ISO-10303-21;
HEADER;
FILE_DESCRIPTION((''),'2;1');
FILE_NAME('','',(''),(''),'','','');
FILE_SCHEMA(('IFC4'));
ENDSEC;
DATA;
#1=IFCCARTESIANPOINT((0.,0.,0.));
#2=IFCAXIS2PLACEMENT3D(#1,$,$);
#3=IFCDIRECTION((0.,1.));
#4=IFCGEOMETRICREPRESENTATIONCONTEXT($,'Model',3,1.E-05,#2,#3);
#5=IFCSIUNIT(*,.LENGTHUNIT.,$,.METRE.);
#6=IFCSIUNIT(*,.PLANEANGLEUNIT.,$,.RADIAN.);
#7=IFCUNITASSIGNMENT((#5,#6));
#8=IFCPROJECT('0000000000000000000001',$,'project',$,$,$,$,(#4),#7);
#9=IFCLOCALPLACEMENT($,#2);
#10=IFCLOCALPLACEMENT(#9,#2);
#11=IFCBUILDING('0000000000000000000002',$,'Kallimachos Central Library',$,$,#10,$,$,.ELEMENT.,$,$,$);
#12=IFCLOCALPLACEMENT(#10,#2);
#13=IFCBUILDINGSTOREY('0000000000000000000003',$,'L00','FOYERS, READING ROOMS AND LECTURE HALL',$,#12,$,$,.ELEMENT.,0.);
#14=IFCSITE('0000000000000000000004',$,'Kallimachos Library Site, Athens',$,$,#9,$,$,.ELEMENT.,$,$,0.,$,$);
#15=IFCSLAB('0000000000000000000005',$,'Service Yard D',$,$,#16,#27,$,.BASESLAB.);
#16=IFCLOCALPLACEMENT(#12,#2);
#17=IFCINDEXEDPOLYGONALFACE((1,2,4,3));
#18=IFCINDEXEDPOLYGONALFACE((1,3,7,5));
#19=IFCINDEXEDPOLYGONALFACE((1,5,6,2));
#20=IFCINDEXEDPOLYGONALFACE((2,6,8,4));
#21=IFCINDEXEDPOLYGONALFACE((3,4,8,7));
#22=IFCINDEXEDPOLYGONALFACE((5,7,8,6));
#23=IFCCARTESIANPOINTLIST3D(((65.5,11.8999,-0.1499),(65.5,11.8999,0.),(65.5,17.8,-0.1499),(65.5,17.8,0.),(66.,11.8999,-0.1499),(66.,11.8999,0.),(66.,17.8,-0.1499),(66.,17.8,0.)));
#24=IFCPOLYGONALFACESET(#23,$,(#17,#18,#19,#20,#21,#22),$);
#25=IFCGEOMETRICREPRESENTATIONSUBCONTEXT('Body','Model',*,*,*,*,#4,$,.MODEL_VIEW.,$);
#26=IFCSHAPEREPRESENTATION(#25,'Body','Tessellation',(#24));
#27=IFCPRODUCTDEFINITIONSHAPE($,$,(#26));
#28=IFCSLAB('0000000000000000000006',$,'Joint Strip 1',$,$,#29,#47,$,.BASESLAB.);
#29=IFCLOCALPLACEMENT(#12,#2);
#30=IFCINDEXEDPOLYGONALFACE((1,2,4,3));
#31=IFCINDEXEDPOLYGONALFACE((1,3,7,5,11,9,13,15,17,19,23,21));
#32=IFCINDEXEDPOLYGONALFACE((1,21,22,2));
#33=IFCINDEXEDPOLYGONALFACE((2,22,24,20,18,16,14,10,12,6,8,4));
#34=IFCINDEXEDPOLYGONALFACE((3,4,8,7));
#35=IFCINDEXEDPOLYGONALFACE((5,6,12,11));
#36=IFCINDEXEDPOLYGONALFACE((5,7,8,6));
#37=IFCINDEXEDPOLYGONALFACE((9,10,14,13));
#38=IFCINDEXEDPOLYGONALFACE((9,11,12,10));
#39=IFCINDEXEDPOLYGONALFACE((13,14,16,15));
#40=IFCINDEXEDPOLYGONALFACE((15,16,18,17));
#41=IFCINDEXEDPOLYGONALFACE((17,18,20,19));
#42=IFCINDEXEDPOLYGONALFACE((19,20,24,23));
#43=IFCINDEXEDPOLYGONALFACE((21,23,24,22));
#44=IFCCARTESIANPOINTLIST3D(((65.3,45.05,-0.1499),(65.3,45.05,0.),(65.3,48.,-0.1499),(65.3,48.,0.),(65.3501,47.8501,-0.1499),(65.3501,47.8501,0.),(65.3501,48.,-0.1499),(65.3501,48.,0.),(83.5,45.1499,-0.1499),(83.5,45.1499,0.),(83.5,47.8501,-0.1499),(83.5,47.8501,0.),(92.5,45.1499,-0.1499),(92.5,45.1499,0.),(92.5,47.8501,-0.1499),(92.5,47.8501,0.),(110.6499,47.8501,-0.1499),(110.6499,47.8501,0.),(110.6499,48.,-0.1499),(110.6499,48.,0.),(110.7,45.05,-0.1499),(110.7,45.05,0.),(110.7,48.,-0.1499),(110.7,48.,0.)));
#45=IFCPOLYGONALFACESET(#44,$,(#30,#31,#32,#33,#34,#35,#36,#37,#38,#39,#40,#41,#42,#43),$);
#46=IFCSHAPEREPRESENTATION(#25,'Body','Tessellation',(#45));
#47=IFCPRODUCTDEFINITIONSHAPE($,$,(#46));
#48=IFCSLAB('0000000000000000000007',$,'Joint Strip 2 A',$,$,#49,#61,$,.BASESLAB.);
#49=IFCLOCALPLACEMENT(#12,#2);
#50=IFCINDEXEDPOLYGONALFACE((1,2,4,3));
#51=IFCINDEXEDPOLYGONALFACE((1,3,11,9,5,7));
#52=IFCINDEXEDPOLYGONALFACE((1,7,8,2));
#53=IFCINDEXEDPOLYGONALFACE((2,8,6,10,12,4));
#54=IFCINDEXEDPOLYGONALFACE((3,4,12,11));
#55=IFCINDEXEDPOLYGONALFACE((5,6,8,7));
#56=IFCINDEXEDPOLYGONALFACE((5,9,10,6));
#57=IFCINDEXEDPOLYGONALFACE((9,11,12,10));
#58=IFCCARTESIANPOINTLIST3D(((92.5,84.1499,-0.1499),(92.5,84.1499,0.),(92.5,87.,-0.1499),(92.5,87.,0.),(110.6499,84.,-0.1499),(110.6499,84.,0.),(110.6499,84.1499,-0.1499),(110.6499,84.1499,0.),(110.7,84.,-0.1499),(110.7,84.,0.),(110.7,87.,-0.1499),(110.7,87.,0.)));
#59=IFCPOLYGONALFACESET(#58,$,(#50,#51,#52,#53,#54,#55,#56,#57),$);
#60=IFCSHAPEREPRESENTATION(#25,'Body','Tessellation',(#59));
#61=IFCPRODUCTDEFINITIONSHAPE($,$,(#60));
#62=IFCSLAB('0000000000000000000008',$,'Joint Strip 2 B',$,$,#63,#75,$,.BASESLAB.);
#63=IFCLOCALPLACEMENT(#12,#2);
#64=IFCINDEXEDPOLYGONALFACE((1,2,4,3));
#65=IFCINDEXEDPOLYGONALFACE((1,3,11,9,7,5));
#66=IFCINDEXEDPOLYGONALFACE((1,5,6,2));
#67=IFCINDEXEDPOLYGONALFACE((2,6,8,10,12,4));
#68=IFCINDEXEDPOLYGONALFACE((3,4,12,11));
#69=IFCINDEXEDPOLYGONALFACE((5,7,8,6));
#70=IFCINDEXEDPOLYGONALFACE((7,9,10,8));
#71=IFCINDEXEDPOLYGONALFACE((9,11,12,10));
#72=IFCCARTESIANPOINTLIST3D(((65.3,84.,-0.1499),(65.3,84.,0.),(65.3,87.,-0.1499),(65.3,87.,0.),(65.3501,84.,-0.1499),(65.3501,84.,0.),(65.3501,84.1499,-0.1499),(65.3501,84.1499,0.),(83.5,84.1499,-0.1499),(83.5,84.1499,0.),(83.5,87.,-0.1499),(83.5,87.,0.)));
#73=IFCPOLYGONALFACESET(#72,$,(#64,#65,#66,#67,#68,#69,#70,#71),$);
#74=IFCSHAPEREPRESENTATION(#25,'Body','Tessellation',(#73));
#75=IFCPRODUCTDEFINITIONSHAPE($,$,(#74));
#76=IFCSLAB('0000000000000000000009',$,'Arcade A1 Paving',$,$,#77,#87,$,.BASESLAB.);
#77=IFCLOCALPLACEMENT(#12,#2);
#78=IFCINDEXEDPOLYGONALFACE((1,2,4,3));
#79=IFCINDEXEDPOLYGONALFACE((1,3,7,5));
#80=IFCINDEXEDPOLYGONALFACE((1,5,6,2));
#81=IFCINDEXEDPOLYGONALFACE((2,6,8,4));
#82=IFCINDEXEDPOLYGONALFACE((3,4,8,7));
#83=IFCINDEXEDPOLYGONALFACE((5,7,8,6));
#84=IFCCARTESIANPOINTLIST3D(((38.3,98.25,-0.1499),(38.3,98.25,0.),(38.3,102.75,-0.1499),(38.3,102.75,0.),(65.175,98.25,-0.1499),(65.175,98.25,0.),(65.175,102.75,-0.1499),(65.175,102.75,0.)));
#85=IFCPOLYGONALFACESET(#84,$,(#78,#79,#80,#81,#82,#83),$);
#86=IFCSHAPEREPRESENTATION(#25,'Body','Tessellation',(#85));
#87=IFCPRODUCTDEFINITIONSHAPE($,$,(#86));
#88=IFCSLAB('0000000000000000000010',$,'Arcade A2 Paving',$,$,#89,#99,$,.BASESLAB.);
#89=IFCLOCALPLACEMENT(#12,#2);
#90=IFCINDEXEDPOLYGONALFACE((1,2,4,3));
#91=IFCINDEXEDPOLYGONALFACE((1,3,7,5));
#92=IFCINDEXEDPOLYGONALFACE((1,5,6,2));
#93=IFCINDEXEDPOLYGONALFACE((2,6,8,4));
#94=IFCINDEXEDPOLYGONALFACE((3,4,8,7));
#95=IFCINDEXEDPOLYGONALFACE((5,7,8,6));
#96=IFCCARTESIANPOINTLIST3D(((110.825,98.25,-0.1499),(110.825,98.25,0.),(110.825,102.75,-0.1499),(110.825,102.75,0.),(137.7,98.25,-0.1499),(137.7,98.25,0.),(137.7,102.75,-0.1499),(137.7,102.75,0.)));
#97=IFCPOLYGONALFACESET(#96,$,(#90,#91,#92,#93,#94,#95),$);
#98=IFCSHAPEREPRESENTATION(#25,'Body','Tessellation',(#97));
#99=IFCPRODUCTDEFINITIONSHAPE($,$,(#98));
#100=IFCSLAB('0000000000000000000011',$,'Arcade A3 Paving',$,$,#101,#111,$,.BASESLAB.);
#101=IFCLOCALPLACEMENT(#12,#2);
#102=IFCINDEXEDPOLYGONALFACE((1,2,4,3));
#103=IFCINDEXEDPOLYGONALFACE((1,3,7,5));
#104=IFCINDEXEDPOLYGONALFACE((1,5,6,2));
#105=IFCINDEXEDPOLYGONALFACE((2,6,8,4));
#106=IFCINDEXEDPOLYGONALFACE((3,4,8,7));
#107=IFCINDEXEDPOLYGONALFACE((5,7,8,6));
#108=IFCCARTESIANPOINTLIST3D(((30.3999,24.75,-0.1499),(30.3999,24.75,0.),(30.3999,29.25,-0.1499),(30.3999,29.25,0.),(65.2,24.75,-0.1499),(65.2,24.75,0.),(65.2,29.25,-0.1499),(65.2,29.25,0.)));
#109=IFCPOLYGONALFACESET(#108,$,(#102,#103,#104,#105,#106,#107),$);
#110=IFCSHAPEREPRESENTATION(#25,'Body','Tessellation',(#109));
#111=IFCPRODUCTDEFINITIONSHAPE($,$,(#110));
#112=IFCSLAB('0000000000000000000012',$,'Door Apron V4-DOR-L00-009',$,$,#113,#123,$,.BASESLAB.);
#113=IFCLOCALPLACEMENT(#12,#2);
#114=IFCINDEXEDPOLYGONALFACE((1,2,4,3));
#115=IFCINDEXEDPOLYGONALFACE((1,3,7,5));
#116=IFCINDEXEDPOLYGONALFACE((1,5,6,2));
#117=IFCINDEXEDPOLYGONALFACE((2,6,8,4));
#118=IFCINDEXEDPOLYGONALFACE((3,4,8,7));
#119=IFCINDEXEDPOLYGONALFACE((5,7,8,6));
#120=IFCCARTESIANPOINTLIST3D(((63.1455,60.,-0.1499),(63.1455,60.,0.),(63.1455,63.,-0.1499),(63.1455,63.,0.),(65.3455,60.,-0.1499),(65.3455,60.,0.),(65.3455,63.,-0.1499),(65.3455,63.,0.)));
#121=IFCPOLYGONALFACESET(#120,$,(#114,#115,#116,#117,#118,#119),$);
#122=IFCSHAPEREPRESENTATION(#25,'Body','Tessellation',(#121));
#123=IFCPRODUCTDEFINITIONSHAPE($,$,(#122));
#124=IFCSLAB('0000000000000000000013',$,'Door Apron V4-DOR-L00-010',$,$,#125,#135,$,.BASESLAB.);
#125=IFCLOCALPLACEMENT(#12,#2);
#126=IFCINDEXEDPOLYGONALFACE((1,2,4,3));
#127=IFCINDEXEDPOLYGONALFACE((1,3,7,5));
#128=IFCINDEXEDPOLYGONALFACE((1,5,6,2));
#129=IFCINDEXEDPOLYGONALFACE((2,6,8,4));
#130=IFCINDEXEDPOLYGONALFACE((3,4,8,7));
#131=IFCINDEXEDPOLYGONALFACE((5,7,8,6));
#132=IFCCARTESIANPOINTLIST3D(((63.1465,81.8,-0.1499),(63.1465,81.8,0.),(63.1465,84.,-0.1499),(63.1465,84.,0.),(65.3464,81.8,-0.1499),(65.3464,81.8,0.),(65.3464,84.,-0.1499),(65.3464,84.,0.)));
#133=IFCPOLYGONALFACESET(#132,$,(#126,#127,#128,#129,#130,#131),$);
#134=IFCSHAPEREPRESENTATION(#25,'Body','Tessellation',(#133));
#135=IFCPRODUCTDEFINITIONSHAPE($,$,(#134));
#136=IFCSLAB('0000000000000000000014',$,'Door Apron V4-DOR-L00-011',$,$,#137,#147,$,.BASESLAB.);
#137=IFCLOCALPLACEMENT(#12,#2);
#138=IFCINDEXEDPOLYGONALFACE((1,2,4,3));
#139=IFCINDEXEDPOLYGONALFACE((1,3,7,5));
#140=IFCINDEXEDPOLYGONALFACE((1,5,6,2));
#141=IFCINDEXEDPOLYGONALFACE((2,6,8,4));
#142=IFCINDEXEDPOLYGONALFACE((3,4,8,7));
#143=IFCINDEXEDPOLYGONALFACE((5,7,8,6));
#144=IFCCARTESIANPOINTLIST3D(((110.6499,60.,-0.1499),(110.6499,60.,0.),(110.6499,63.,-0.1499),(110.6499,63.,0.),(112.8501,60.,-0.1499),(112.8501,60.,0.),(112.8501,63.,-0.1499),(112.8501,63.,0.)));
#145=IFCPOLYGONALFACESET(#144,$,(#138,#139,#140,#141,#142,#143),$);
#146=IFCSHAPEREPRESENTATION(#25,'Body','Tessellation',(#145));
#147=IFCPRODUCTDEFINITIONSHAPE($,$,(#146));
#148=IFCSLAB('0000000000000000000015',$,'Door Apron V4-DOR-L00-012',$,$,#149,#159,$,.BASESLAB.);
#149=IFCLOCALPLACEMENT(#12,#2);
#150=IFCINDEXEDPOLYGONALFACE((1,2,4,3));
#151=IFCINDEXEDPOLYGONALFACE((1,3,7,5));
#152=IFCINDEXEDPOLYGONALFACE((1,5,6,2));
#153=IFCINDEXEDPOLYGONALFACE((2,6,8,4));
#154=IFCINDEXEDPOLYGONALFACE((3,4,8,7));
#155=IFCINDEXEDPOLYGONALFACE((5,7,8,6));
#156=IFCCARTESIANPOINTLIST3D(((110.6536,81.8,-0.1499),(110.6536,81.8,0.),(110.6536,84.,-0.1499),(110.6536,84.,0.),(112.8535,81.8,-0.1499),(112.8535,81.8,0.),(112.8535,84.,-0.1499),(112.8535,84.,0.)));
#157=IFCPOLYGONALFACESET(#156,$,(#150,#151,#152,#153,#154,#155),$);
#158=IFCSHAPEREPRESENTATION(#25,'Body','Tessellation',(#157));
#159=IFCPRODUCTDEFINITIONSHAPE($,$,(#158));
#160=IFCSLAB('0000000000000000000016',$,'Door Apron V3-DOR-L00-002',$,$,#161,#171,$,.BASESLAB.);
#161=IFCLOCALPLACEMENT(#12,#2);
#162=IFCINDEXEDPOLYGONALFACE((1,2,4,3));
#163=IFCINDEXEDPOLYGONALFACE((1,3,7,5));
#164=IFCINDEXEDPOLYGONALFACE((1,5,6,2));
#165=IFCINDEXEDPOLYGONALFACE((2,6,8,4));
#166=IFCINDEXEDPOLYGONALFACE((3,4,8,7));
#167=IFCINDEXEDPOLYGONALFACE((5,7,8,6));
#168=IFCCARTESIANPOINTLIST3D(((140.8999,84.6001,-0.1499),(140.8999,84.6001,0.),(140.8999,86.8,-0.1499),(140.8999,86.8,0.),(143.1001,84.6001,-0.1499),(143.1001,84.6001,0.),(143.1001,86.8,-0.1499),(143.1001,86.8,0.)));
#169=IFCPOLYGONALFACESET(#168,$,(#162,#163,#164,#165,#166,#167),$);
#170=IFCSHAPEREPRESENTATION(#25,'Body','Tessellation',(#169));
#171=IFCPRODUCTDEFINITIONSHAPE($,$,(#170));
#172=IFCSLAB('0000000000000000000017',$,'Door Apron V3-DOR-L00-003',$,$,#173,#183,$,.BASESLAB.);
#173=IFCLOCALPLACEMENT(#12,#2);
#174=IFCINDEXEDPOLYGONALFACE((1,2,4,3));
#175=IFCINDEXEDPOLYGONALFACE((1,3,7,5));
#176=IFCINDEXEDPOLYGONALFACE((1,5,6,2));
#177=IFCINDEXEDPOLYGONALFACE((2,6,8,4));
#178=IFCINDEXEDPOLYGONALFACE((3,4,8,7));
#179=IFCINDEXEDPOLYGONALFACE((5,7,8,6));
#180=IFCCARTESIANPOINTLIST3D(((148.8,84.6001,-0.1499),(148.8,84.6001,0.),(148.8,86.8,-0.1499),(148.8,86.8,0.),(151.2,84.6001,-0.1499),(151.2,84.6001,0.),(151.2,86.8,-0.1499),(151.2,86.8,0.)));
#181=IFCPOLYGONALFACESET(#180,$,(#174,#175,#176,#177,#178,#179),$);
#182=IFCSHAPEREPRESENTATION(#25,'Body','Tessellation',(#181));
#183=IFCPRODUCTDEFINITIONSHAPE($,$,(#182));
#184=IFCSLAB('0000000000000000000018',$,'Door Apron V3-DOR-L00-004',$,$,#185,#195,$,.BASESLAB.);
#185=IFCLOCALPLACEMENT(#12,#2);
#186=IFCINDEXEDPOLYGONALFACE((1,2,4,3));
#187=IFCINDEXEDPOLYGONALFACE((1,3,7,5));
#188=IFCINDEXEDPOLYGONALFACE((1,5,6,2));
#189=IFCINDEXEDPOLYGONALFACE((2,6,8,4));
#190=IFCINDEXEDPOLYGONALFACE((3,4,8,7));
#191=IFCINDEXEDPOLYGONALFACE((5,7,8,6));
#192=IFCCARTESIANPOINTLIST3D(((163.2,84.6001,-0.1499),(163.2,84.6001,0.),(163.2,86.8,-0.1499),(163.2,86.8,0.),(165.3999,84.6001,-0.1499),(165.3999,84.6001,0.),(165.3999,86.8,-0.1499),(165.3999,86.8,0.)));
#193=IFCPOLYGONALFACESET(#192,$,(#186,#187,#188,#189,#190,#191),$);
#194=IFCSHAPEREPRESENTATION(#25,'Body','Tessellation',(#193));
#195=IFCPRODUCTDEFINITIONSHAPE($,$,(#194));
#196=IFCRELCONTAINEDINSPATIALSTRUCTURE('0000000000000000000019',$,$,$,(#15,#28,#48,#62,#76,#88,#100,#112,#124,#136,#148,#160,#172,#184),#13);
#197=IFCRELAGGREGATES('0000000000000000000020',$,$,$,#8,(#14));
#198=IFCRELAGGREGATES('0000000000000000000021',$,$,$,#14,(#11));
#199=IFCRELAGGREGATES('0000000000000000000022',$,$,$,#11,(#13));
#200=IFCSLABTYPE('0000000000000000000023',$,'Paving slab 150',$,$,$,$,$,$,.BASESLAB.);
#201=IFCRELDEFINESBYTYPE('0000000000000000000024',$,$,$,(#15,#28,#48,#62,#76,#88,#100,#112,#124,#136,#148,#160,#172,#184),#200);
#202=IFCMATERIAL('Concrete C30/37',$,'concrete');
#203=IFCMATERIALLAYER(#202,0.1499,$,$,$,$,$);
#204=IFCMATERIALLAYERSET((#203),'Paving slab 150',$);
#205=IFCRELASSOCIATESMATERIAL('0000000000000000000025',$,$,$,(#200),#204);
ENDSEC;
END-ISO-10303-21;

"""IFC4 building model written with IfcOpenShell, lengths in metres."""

from ifc_helpers import new_model, si_unit, direction, frame, origin, place, context, subcontext, project, spatial, polyline, outline, extrude, material, layer, layer_set, type_object, element, save


model = new_model("IFC4")

# Units and contexts
model_context = context("Model", 3, precision=1e-05, world=origin(), true_north=direction((0.0, 1.0)))
body_context = subcontext(model_context, "Body", "Model", "MODEL_VIEW")
ifc_project = project(units=[si_unit("LENGTHUNIT", "METRE"), si_unit("PLANEANGLEUNIT", "RADIAN")], contexts=[model_context])

# Site, building, storey
site_placement = place(None, origin())
site = spatial("IfcSite", under=ifc_project, at=site_placement, Name="Kallimachos Library Site, Athens", CompositionType="ELEMENT", RefElevation=0.0)
building_placement = place(site_placement, origin())
building = spatial("IfcBuilding", under=site, at=building_placement, Name="Kallimachos Central Library", CompositionType="ELEMENT")
storey_placement = place(building_placement, origin())
storey = spatial("IfcBuildingStorey", under=building, at=storey_placement, Name="L00", Description="FOYERS, READING ROOMS AND LECTURE HALL", CompositionType="ELEMENT", Elevation=0.0)

# Slabs
ifc_material = material(Name="Concrete C30/37", Category="concrete")
ifc_layer = layer(ifc_material, 0.1499)
ifc_layer_set = layer_set([ifc_layer], Name="Paving slab 150")
slab_type = type_object("IfcSlabType", Name="Paving slab 150", PredefinedType="BASESLAB", material=ifc_layer_set)
slab_1_placement = place(storey_placement, frame((0.0, 0.0, -0.1499)))
element("IfcSlab", 1, at=slab_1_placement, inside=storey, type_object=slab_type, Name="Service Yard D", PredefinedType="BASESLAB", context=body_context, shape_type="SweptSolid", body=[
    extrude(outline(polyline([(65.5, 17.8), (66.0, 17.8), (66.0, 11.8999), (65.5, 11.8999), (65.5, 17.8)])), origin(), (0.0, 0.0, 1.0), 0.1499),
])
slab_2_placement = place(storey_placement, frame((0.0, 0.0, -0.1499)))
element("IfcSlab", 2, at=slab_2_placement, inside=storey, type_object=slab_type, Name="Joint Strip 1", PredefinedType="BASESLAB", context=body_context, shape_type="SweptSolid", body=[
    extrude(outline(polyline([(110.7, 48.0), (110.7, 45.05), (65.3, 45.05), (65.3, 48.0), (65.3501, 48.0), (65.3501, 47.8501), (83.5, 47.8501), (83.5, 45.1499), (92.5, 45.1499), (92.5, 47.8501), (110.6499, 47.8501), (110.6499, 48.0), (110.7, 48.0)])), origin(), (0.0, 0.0, 1.0), 0.1499),
])
slab_3_placement = place(storey_placement, frame((0.0, 0.0, -0.1499)))
element("IfcSlab", 3, at=slab_3_placement, inside=storey, type_object=slab_type, Name="Joint Strip 2 A", PredefinedType="BASESLAB", context=body_context, shape_type="SweptSolid", body=[
    extrude(outline(polyline([(110.7, 87.0), (110.7, 84.0), (110.6499, 84.0), (110.6499, 84.1499), (92.5, 84.1499), (92.5, 87.0), (110.7, 87.0)])), origin(), (0.0, 0.0, 1.0), 0.1499),
])
slab_4_placement = place(storey_placement, frame((0.0, 0.0, -0.1499)))
element("IfcSlab", 4, at=slab_4_placement, inside=storey, type_object=slab_type, Name="Joint Strip 2 B", PredefinedType="BASESLAB", context=body_context, shape_type="SweptSolid", body=[
    extrude(outline(polyline([(83.5, 87.0), (83.5, 84.1499), (65.3501, 84.1499), (65.3501, 84.0), (65.3, 84.0), (65.3, 87.0), (83.5, 87.0)])), origin(), (0.0, 0.0, 1.0), 0.1499),
])
slab_5_placement = place(storey_placement, frame((0.0, 0.0, -0.1499)))
element("IfcSlab", 5, at=slab_5_placement, inside=storey, type_object=slab_type, Name="Arcade A1 Paving", PredefinedType="BASESLAB", context=body_context, shape_type="SweptSolid", body=[
    extrude(outline(polyline([(38.3, 98.25), (38.3, 102.75), (65.175, 102.75), (65.175, 98.25), (38.3, 98.25)])), origin(), (0.0, 0.0, 1.0), 0.1499),
])
slab_6_placement = place(storey_placement, frame((0.0, 0.0, -0.1499)))
element("IfcSlab", 6, at=slab_6_placement, inside=storey, type_object=slab_type, Name="Arcade A2 Paving", PredefinedType="BASESLAB", context=body_context, shape_type="SweptSolid", body=[
    extrude(outline(polyline([(110.825, 98.25), (110.825, 102.75), (137.7, 102.75), (137.7, 98.25), (110.825, 98.25)])), origin(), (0.0, 0.0, 1.0), 0.1499),
])
slab_7_placement = place(storey_placement, frame((0.0, 0.0, -0.1499)))
element("IfcSlab", 7, at=slab_7_placement, inside=storey, type_object=slab_type, Name="Arcade A3 Paving", PredefinedType="BASESLAB", context=body_context, shape_type="SweptSolid", body=[
    extrude(outline(polyline([(30.3999, 24.75), (30.3999, 29.25), (65.2, 29.25), (65.2, 24.75), (30.3999, 24.75)])), origin(), (0.0, 0.0, 1.0), 0.1499),
])
slab_8_placement = place(storey_placement, frame((0.0, 0.0, -0.1499)))
element("IfcSlab", 8, at=slab_8_placement, inside=storey, type_object=slab_type, Name="Door Apron V4-DOR-L00-009", PredefinedType="BASESLAB", context=body_context, shape_type="SweptSolid", body=[
    extrude(outline(polyline([(63.1455, 63.0), (65.3455, 63.0), (65.3455, 60.0), (63.1455, 60.0), (63.1455, 63.0)])), origin(), (0.0, 0.0, 1.0), 0.1499),
])
slab_9_placement = place(storey_placement, frame((0.0, 0.0, -0.1499)))
element("IfcSlab", 9, at=slab_9_placement, inside=storey, type_object=slab_type, Name="Door Apron V4-DOR-L00-010", PredefinedType="BASESLAB", context=body_context, shape_type="SweptSolid", body=[
    extrude(outline(polyline([(63.1465, 84.0), (65.3464, 84.0), (65.3464, 81.8), (63.1465, 81.8), (63.1465, 84.0)])), origin(), (0.0, 0.0, 1.0), 0.1499),
])
slab_10_placement = place(storey_placement, frame((0.0, 0.0, -0.1499)))
element("IfcSlab", 10, at=slab_10_placement, inside=storey, type_object=slab_type, Name="Door Apron V4-DOR-L00-011", PredefinedType="BASESLAB", context=body_context, shape_type="SweptSolid", body=[
    extrude(outline(polyline([(112.8501, 63.0), (112.8501, 60.0), (110.6499, 60.0), (110.6499, 63.0), (112.8501, 63.0)])), origin(), (0.0, 0.0, 1.0), 0.1499),
])
slab_11_placement = place(storey_placement, frame((0.0, 0.0, -0.1499)))
element("IfcSlab", 11, at=slab_11_placement, inside=storey, type_object=slab_type, Name="Door Apron V4-DOR-L00-012", PredefinedType="BASESLAB", context=body_context, shape_type="SweptSolid", body=[
    extrude(outline(polyline([(112.8535, 84.0), (112.8535, 81.8), (110.6536, 81.8), (110.6536, 84.0), (112.8535, 84.0)])), origin(), (0.0, 0.0, 1.0), 0.1499),
])
slab_12_placement = place(storey_placement, frame((0.0, 0.0, -0.1499)))
element("IfcSlab", 12, at=slab_12_placement, inside=storey, type_object=slab_type, Name="Door Apron V3-DOR-L00-002", PredefinedType="BASESLAB", context=body_context, shape_type="SweptSolid", body=[
    extrude(outline(polyline([(143.1001, 84.6001), (140.8999, 84.6001), (140.8999, 86.8), (143.1001, 86.8), (143.1001, 84.6001)])), origin(), (0.0, 0.0, 1.0), 0.1499),
])
slab_13_placement = place(storey_placement, frame((0.0, 0.0, -0.1499)))
element("IfcSlab", 13, at=slab_13_placement, inside=storey, type_object=slab_type, Name="Door Apron V3-DOR-L00-003", PredefinedType="BASESLAB", context=body_context, shape_type="SweptSolid", body=[
    extrude(outline(polyline([(151.2, 84.6001), (148.8, 84.6001), (148.8, 86.8), (151.2, 86.8), (151.2, 84.6001)])), origin(), (0.0, 0.0, 1.0), 0.1499),
])
slab_14_placement = place(storey_placement, frame((0.0, 0.0, -0.1499)))
element("IfcSlab", 14, at=slab_14_placement, inside=storey, type_object=slab_type, Name="Door Apron V3-DOR-L00-004", PredefinedType="BASESLAB", context=body_context, shape_type="SweptSolid", body=[
    extrude(outline(polyline([(165.3999, 84.6001), (163.2, 84.6001), (163.2, 86.8), (165.3999, 86.8), (165.3999, 84.6001)])), origin(), (0.0, 0.0, 1.0), 0.1499),
])

save(model, "model.ifc")
